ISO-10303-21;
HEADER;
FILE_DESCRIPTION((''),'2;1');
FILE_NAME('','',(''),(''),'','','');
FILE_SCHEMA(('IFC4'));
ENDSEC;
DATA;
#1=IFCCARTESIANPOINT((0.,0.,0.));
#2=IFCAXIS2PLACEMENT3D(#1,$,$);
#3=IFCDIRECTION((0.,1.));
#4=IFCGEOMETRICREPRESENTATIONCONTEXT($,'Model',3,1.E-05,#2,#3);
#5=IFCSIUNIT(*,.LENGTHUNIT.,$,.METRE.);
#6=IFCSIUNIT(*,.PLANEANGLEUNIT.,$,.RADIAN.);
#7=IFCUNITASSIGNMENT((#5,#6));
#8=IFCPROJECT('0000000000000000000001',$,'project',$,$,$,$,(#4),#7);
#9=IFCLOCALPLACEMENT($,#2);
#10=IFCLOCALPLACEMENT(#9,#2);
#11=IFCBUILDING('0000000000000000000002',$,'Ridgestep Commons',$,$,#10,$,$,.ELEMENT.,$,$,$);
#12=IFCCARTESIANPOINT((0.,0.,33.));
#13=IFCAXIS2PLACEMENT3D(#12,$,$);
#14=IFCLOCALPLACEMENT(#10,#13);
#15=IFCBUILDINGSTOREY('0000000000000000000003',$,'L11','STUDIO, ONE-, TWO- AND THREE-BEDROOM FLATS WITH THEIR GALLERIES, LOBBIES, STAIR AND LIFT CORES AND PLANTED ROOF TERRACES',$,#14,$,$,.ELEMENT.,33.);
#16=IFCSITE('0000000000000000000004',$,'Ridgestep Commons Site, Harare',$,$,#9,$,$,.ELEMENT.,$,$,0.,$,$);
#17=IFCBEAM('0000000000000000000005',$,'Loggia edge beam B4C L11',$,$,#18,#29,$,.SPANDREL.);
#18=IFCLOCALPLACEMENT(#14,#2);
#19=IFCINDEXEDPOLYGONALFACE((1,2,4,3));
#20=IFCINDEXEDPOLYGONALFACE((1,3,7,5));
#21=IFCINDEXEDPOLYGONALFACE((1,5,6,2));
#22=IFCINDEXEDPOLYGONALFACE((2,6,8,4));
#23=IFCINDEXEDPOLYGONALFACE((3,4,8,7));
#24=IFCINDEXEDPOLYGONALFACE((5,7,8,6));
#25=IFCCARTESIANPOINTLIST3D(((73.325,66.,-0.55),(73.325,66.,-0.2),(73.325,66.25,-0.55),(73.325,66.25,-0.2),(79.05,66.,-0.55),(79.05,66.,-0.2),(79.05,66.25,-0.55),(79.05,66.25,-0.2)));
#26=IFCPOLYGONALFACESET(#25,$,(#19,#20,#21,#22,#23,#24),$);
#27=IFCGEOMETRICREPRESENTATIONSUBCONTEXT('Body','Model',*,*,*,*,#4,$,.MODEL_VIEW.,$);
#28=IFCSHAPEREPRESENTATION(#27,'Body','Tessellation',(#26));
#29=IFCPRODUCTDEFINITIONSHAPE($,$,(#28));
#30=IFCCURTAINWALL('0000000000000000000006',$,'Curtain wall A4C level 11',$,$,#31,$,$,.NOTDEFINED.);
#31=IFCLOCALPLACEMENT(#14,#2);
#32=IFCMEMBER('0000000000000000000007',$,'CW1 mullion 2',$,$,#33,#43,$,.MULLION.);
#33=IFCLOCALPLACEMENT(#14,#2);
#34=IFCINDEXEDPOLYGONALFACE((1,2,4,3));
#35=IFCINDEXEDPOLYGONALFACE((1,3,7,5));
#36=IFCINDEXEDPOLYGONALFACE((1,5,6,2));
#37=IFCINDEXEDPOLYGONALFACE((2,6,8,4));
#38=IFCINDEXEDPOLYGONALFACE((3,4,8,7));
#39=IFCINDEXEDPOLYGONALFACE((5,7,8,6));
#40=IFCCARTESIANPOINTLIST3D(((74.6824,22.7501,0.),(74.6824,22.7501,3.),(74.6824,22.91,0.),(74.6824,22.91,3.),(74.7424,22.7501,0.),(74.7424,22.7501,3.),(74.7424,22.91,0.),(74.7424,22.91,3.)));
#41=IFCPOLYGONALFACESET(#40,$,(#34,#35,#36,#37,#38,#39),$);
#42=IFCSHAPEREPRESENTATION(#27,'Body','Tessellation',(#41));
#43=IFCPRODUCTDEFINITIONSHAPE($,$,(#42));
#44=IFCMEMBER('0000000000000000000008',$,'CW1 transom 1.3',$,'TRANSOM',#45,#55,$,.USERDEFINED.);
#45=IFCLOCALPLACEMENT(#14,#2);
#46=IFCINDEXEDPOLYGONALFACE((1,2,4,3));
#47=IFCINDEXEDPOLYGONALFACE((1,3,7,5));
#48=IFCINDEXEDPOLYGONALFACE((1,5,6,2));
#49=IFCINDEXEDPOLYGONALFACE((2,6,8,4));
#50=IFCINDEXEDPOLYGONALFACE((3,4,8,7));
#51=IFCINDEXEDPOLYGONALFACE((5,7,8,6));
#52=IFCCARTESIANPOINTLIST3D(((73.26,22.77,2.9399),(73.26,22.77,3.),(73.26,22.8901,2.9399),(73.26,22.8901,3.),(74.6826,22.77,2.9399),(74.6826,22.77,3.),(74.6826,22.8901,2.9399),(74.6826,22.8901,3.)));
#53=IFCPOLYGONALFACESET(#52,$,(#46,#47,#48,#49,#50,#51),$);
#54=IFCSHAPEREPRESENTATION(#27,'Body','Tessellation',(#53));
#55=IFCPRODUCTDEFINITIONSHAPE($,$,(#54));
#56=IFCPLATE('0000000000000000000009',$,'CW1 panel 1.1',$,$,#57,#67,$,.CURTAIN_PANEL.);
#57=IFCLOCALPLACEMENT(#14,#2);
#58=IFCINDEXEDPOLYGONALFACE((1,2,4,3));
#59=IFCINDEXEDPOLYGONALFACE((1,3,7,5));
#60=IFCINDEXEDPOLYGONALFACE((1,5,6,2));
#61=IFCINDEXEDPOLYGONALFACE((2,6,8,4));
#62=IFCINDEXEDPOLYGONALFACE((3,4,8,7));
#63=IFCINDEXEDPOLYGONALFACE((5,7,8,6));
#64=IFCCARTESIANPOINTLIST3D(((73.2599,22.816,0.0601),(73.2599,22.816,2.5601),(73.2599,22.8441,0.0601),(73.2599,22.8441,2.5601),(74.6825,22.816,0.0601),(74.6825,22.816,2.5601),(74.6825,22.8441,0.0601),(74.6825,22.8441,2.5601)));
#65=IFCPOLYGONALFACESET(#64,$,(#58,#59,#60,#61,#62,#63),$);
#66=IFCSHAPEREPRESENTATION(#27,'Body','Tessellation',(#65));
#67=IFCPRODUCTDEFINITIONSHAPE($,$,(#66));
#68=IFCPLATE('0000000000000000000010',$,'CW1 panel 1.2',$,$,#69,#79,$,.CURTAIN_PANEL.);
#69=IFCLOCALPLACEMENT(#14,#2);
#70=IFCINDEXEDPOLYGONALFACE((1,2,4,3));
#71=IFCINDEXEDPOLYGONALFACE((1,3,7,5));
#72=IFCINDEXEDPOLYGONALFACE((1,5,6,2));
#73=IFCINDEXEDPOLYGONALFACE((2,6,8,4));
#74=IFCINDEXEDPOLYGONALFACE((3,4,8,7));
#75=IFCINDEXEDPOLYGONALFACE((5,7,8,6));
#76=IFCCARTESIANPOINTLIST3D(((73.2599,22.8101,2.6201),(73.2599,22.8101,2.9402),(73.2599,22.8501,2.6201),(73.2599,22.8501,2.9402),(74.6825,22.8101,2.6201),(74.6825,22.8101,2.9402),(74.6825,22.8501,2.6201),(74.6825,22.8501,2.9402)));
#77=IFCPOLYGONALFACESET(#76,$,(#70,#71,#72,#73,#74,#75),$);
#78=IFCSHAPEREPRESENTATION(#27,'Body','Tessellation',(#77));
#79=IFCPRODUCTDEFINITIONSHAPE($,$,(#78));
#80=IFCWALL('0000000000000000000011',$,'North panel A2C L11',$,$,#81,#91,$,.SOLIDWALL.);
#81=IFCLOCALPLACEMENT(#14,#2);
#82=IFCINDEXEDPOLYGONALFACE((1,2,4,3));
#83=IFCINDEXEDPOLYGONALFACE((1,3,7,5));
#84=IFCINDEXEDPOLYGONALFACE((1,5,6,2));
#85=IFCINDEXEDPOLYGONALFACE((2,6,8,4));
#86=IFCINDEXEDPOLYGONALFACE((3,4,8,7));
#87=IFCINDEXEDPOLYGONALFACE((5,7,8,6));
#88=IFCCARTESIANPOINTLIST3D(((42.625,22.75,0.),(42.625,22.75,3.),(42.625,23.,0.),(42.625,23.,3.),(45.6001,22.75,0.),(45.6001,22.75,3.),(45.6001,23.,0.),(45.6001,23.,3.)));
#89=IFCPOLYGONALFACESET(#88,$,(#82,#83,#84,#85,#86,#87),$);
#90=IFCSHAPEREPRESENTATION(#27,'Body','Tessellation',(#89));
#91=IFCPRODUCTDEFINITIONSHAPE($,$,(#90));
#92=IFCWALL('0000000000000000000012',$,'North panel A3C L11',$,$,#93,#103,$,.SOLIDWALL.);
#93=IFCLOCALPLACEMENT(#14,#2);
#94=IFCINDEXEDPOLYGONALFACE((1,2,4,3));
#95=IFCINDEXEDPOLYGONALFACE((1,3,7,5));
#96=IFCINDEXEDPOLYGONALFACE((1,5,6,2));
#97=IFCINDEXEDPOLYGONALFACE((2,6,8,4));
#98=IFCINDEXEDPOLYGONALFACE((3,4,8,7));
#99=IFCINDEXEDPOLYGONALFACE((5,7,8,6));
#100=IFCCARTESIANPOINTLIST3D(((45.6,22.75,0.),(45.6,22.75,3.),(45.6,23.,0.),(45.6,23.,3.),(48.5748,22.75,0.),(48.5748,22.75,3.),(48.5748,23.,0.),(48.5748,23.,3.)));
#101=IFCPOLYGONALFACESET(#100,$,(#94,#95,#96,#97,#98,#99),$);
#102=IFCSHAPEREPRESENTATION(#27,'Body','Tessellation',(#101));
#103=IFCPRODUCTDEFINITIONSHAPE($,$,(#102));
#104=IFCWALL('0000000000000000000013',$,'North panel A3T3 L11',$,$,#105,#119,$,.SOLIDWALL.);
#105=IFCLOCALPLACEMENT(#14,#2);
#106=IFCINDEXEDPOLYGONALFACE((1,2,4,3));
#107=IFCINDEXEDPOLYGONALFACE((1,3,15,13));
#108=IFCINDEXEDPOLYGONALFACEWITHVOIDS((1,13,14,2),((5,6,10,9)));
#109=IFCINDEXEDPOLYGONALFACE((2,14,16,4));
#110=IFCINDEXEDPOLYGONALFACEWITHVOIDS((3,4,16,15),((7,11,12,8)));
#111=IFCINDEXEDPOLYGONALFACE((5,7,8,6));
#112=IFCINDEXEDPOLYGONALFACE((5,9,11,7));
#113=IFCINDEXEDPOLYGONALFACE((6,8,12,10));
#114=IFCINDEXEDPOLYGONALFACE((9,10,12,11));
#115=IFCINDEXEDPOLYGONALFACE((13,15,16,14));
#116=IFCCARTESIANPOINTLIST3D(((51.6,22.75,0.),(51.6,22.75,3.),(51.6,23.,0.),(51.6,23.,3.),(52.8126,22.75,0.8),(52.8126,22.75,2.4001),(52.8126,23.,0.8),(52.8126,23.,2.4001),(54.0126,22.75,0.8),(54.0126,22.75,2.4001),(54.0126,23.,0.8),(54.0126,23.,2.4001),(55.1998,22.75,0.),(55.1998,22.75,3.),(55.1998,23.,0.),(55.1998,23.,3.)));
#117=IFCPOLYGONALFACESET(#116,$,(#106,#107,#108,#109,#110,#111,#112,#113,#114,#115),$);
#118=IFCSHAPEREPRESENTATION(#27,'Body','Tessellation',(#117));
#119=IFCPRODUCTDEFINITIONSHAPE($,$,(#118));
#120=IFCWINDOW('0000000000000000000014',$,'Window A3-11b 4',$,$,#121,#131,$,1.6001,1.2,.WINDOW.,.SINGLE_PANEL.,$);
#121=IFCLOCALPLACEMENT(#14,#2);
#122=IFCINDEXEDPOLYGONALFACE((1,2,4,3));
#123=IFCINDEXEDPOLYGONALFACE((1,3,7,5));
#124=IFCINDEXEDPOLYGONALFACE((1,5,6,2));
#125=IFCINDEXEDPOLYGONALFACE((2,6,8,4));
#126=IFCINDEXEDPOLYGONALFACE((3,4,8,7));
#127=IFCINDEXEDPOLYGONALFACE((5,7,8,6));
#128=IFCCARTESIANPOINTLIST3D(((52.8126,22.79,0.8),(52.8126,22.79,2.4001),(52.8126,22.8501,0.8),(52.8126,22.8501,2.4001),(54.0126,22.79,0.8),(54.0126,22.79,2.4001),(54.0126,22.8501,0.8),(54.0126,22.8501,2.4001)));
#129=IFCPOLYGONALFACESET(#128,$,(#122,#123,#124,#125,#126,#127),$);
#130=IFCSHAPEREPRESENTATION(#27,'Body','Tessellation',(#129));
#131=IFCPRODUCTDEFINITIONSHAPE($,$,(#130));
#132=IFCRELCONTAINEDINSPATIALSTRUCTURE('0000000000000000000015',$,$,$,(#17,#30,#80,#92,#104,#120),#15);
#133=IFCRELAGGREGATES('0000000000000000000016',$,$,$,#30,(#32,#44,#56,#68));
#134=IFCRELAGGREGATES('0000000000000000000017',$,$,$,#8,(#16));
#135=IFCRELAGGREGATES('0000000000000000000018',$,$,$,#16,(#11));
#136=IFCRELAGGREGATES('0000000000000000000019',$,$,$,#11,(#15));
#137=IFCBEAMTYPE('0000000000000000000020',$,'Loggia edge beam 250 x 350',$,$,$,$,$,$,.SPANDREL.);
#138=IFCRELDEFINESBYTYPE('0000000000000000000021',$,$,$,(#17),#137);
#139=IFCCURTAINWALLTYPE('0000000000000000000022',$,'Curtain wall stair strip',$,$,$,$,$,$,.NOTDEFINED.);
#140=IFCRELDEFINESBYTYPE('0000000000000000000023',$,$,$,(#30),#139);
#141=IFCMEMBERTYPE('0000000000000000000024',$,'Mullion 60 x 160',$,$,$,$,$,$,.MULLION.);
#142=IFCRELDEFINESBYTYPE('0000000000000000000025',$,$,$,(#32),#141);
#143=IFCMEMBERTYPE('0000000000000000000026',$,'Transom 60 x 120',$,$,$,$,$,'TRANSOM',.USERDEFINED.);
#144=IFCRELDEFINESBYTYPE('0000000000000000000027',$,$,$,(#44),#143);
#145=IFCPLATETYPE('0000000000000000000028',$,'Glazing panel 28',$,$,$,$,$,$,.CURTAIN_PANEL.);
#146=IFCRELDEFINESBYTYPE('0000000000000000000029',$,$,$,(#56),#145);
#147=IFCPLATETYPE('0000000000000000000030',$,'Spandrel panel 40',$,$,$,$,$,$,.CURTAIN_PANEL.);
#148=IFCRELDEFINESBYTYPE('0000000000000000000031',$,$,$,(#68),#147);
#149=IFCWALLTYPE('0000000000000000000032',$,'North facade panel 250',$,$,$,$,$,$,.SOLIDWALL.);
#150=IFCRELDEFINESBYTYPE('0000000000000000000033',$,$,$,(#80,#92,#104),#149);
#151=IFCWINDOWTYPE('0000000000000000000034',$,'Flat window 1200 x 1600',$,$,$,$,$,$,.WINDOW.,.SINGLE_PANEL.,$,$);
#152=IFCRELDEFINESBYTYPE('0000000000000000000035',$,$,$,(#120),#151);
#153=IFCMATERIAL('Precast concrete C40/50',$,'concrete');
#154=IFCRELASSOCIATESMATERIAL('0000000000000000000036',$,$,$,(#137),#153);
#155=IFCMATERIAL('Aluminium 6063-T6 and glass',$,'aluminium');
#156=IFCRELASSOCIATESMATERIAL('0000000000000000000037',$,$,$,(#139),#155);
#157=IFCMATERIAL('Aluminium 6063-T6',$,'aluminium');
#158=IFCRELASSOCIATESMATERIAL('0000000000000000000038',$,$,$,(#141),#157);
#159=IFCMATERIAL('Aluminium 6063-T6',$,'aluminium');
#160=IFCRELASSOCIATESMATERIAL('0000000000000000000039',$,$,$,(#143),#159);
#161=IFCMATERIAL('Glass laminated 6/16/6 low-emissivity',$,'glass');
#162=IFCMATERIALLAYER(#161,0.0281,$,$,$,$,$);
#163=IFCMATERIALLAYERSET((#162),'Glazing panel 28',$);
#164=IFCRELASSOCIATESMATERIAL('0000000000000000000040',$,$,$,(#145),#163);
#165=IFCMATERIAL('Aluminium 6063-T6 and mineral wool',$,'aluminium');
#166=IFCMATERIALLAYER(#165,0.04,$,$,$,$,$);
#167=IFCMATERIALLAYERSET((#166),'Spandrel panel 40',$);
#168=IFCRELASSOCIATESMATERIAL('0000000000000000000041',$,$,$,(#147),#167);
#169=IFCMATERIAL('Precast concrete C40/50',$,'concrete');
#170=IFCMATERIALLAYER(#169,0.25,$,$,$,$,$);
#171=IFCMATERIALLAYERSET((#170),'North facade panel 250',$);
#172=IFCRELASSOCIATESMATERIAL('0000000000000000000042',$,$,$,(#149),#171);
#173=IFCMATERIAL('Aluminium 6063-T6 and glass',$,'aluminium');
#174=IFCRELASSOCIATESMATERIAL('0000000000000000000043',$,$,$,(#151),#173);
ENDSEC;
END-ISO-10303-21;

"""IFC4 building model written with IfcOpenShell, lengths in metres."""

from ifc_helpers import new_model, si_unit, direction, frame, frame_2d, origin, origin_2d, place, context, subcontext, project, spatial, rectangle, extrude, material, layer, layer_set, material_profile, profile_set, type_object, element, fill, aggregate, save


model = new_model("IFC4")

# Units and contexts
model_context = context("Model", 3, precision=1e-05, world=origin(), true_north=direction((0.0, 1.0)))
body_context = subcontext(model_context, "Body", "Model", "MODEL_VIEW")
ifc_project = project(units=[si_unit("LENGTHUNIT", "METRE"), si_unit("PLANEANGLEUNIT", "RADIAN")], contexts=[model_context])

# Site, building, storey
site_placement = place(None, origin())
site = spatial("IfcSite", under=ifc_project, at=site_placement, Name="Ridgestep Commons Site, Harare", CompositionType="ELEMENT", RefElevation=0.0)
building_placement = place(site_placement, origin())
building = spatial("IfcBuilding", under=site, at=building_placement, Name="Ridgestep Commons", CompositionType="ELEMENT")
storey_placement = place(building_placement, frame((0.0, 0.0, 33.0)))
storey = spatial("IfcBuildingStorey", under=building, at=storey_placement, Name="L11", Description="STUDIO, ONE-, TWO- AND THREE-BEDROOM FLATS WITH THEIR GALLERIES, LOBBIES, STAIR AND LIFT CORES AND PLANTED ROOF TERRACES", CompositionType="ELEMENT", Elevation=33.0)

# Beam
ifc_material_1 = material(Name="Precast concrete C40/50", Category="concrete")
ifc_material_profile_1 = material_profile(ifc_material_1, rectangle(XDim=0.25, YDim=0.3501, at=origin_2d()), Name="PC 250x350")
ifc_profile_set_1 = profile_set([ifc_material_profile_1], Name="Precast concrete C40/50")
beam_type = type_object("IfcBeamType", Name="Loggia edge beam 250 x 350", PredefinedType="SPANDREL", material=ifc_profile_set_1)
beam_placement = place(storey_placement, frame((73.325, 66.125, -0.375), z_axis=(1.0, 0.0, 0.0), x_axis=(0.0, 1.0, 0.0)))
element("IfcBeam", 1, at=beam_placement, inside=storey, type_object=beam_type, Name="Loggia edge beam B4C L11", PredefinedType="SPANDREL", context=body_context, shape_type="SweptSolid", body=[
    extrude(rectangle(XDim=0.25, YDim=0.3501, at=origin_2d()), origin(), (0.0, 0.0, 1.0), 5.7251),
])

# Curtain wall, members, plates
ifc_material_2 = material(Name="Aluminium 6063-T6 and glass", Category="aluminium")
curtain_wall_type = type_object("IfcCurtainWallType", Name="Curtain wall stair strip", PredefinedType="NOTDEFINED", material=ifc_material_2)
curtain_wall_placement = place(storey_placement, origin())
curtain_wall = element("IfcCurtainWall", 2, at=curtain_wall_placement, inside=storey, type_object=curtain_wall_type, Name="Curtain wall A4C level 11", PredefinedType="NOTDEFINED")
ifc_material_3 = material(Name="Aluminium 6063-T6", Category="aluminium")
ifc_material_profile_2 = material_profile(ifc_material_3, rectangle(XDim=0.1599, YDim=0.0601, at=origin_2d()), Name="Mullion 60 x 160")
ifc_profile_set_2 = profile_set([ifc_material_profile_2], Name="Aluminium 6063-T6")
member_type_1 = type_object("IfcMemberType", Name="Mullion 60 x 160", PredefinedType="MULLION", material=ifc_profile_set_2)
member_1_placement = place(storey_placement, frame((74.7124, 22.8301, 0.0), z_axis=(0.0, 0.0, 1.0), x_axis=(0.0, 1.0, 0.0)))
member_1 = element("IfcMember", 3, at=member_1_placement, type_object=member_type_1, Name="CW1 mullion 2", PredefinedType="MULLION", context=body_context, shape_type="SweptSolid", body=[
    extrude(rectangle(XDim=0.1599, YDim=0.0601, at=origin_2d()), origin(), (0.0, 0.0, 1.0), 3.0),
])
ifc_material_4 = material(Name="Aluminium 6063-T6", Category="aluminium")
ifc_material_profile_3 = material_profile(ifc_material_4, rectangle(XDim=0.1201, YDim=0.0601, at=origin_2d()), Name="Transom 60 x 120")
ifc_profile_set_3 = profile_set([ifc_material_profile_3], Name="Aluminium 6063-T6")
member_type_2 = type_object("IfcMemberType", Name="Transom 60 x 120", ElementType="TRANSOM", PredefinedType="USERDEFINED", material=ifc_profile_set_3)
member_2_placement = place(storey_placement, frame((73.26, 22.8301, 2.97), z_axis=(1.0, 0.0, 0.0), x_axis=(0.0, 1.0, 0.0)))
member_2 = element("IfcMember", 4, at=member_2_placement, type_object=member_type_2, Name="CW1 transom 1.3", ObjectType="TRANSOM", PredefinedType="USERDEFINED", context=body_context, shape_type="SweptSolid", body=[
    extrude(rectangle(XDim=0.1201, YDim=0.0601, at=origin_2d()), origin(), (0.0, 0.0, 1.0), 1.4226),
])
ifc_material_5 = material(Name="Glass laminated 6/16/6 low-emissivity", Category="glass")
ifc_layer_1 = layer(ifc_material_5, 0.0281)
ifc_layer_set_1 = layer_set([ifc_layer_1], Name="Glazing panel 28")
plate_type_1 = type_object("IfcPlateType", Name="Glazing panel 28", PredefinedType="CURTAIN_PANEL", material=ifc_layer_set_1)
plate_1_placement = place(storey_placement, frame((73.9712, 22.8301, 0.0601), z_axis=(0.0, 0.0, 1.0), x_axis=(1.0, 0.0, 0.0)))
plate_1 = element("IfcPlate", 5, at=plate_1_placement, type_object=plate_type_1, Name="CW1 panel 1.1", PredefinedType="CURTAIN_PANEL", context=body_context, shape_type="SweptSolid", body=[
    extrude(rectangle(XDim=1.4226, YDim=0.0281, at=origin_2d()), origin(), (0.0, 0.0, 1.0), 2.5),
])
ifc_material_6 = material(Name="Aluminium 6063-T6 and mineral wool", Category="aluminium")
ifc_layer_2 = layer(ifc_material_6, 0.04)
ifc_layer_set_2 = layer_set([ifc_layer_2], Name="Spandrel panel 40")
plate_type_2 = type_object("IfcPlateType", Name="Spandrel panel 40", PredefinedType="CURTAIN_PANEL", material=ifc_layer_set_2)
plate_2_placement = place(storey_placement, frame((73.9712, 22.8301, 2.6201), z_axis=(0.0, 0.0, 1.0), x_axis=(1.0, 0.0, 0.0)))
plate_2 = element("IfcPlate", 6, at=plate_2_placement, type_object=plate_type_2, Name="CW1 panel 1.2", PredefinedType="CURTAIN_PANEL", context=body_context, shape_type="SweptSolid", body=[
    extrude(rectangle(XDim=1.4226, YDim=0.04, at=origin_2d()), origin(), (0.0, 0.0, 1.0), 0.3201),
])
aggregate(curtain_wall, [member_1, member_2, plate_1, plate_2])

# Walls
ifc_material_7 = material(Name="Precast concrete C40/50", Category="concrete")
ifc_layer_3 = layer(ifc_material_7, 0.25)
ifc_layer_set_3 = layer_set([ifc_layer_3], Name="North facade panel 250")
wall_type_1 = type_object("IfcWallType", Name="North facade panel 250", PredefinedType="SOLIDWALL", material=ifc_layer_set_3)
wall_1_placement = place(storey_placement, frame((42.625, 22.875, 0.0), z_axis=(0.0, 0.0, 1.0), x_axis=(1.0, 0.0, 0.0)))
element("IfcWall", 7, at=wall_1_placement, inside=storey, type_object=wall_type_1, Name="North panel A2C L11", PredefinedType="SOLIDWALL", context=body_context, shape_type="SweptSolid", body=[
    extrude(rectangle(XDim=2.9751, YDim=0.25, at=frame_2d((1.4875, 0.0))), origin(), (0.0, 0.0, 1.0), 3.0),
])
wall_2_placement = place(storey_placement, frame((45.6001, 22.875, 0.0), z_axis=(0.0, 0.0, 1.0), x_axis=(1.0, 0.0, 0.0)))
element("IfcWall", 8, at=wall_2_placement, inside=storey, type_object=wall_type_1, Name="North panel A3C L11", PredefinedType="SOLIDWALL", context=body_context, shape_type="SweptSolid", body=[
    extrude(rectangle(XDim=2.9749, YDim=0.25, at=frame_2d((1.4873, 0.0))), origin(), (0.0, 0.0, 1.0), 3.0),
])

# Wall, opening, window
wall_3_placement = place(storey_placement, frame((51.6001, 22.875, 0.0), z_axis=(0.0, 0.0, 1.0), x_axis=(1.0, 0.0, 0.0)))
wall_3 = element("IfcWall", 9, at=wall_3_placement, inside=storey, type_object=wall_type_1, Name="North panel A3T3 L11", PredefinedType="SOLIDWALL", context=body_context, shape_type="SweptSolid", body=[
    extrude(rectangle(XDim=3.5999, YDim=0.25, at=frame_2d((1.7998, 0.0))), origin(), (0.0, 0.0, 1.0), 3.0),
])
opening_1_placement = place(wall_3_placement, frame((1.2124, 0.0, 0.8)))
opening_1 = element("IfcOpeningElement", 10, at=opening_1_placement, cuts=wall_3, PredefinedType="OPENING", context=body_context, shape_type="SweptSolid", body=[
    extrude(rectangle(XDim=1.2, YDim=1.6001, at=frame_2d((0.6001, 0.8))), frame((0.0, 0.135, 0.0), z_axis=(0.0, -1.0, 0.0), x_axis=(1.0, 0.0, 0.0)), (0.0, 0.0, 1.0), 0.27),
])
ifc_material_8 = material(Name="Aluminium 6063-T6 and glass", Category="aluminium")
window_type = type_object("IfcWindowType", Name="Flat window 1200 x 1600", PartitioningType="SINGLE_PANEL", PredefinedType="WINDOW", material=ifc_material_8)
window_1_placement = place(opening_1_placement, origin())
window_1 = element("IfcWindow", 11, at=window_1_placement, inside=storey, type_object=window_type, Name="Window A3-11b 4", OverallHeight=1.6001, OverallWidth=1.2, PartitioningType="SINGLE_PANEL", PredefinedType="WINDOW", context=body_context, shape_type="SweptSolid", body=[
    extrude(rectangle(XDim=1.2, YDim=1.6001, at=frame_2d((0.6001, 0.8))), frame((0.0, -0.0249, 0.0), z_axis=(0.0, -1.0, 0.0), x_axis=(1.0, 0.0, 0.0)), (0.0, 0.0, 1.0), 0.0601),
])
fill(opening_1, window_1)

save(model, "model.ifc")
